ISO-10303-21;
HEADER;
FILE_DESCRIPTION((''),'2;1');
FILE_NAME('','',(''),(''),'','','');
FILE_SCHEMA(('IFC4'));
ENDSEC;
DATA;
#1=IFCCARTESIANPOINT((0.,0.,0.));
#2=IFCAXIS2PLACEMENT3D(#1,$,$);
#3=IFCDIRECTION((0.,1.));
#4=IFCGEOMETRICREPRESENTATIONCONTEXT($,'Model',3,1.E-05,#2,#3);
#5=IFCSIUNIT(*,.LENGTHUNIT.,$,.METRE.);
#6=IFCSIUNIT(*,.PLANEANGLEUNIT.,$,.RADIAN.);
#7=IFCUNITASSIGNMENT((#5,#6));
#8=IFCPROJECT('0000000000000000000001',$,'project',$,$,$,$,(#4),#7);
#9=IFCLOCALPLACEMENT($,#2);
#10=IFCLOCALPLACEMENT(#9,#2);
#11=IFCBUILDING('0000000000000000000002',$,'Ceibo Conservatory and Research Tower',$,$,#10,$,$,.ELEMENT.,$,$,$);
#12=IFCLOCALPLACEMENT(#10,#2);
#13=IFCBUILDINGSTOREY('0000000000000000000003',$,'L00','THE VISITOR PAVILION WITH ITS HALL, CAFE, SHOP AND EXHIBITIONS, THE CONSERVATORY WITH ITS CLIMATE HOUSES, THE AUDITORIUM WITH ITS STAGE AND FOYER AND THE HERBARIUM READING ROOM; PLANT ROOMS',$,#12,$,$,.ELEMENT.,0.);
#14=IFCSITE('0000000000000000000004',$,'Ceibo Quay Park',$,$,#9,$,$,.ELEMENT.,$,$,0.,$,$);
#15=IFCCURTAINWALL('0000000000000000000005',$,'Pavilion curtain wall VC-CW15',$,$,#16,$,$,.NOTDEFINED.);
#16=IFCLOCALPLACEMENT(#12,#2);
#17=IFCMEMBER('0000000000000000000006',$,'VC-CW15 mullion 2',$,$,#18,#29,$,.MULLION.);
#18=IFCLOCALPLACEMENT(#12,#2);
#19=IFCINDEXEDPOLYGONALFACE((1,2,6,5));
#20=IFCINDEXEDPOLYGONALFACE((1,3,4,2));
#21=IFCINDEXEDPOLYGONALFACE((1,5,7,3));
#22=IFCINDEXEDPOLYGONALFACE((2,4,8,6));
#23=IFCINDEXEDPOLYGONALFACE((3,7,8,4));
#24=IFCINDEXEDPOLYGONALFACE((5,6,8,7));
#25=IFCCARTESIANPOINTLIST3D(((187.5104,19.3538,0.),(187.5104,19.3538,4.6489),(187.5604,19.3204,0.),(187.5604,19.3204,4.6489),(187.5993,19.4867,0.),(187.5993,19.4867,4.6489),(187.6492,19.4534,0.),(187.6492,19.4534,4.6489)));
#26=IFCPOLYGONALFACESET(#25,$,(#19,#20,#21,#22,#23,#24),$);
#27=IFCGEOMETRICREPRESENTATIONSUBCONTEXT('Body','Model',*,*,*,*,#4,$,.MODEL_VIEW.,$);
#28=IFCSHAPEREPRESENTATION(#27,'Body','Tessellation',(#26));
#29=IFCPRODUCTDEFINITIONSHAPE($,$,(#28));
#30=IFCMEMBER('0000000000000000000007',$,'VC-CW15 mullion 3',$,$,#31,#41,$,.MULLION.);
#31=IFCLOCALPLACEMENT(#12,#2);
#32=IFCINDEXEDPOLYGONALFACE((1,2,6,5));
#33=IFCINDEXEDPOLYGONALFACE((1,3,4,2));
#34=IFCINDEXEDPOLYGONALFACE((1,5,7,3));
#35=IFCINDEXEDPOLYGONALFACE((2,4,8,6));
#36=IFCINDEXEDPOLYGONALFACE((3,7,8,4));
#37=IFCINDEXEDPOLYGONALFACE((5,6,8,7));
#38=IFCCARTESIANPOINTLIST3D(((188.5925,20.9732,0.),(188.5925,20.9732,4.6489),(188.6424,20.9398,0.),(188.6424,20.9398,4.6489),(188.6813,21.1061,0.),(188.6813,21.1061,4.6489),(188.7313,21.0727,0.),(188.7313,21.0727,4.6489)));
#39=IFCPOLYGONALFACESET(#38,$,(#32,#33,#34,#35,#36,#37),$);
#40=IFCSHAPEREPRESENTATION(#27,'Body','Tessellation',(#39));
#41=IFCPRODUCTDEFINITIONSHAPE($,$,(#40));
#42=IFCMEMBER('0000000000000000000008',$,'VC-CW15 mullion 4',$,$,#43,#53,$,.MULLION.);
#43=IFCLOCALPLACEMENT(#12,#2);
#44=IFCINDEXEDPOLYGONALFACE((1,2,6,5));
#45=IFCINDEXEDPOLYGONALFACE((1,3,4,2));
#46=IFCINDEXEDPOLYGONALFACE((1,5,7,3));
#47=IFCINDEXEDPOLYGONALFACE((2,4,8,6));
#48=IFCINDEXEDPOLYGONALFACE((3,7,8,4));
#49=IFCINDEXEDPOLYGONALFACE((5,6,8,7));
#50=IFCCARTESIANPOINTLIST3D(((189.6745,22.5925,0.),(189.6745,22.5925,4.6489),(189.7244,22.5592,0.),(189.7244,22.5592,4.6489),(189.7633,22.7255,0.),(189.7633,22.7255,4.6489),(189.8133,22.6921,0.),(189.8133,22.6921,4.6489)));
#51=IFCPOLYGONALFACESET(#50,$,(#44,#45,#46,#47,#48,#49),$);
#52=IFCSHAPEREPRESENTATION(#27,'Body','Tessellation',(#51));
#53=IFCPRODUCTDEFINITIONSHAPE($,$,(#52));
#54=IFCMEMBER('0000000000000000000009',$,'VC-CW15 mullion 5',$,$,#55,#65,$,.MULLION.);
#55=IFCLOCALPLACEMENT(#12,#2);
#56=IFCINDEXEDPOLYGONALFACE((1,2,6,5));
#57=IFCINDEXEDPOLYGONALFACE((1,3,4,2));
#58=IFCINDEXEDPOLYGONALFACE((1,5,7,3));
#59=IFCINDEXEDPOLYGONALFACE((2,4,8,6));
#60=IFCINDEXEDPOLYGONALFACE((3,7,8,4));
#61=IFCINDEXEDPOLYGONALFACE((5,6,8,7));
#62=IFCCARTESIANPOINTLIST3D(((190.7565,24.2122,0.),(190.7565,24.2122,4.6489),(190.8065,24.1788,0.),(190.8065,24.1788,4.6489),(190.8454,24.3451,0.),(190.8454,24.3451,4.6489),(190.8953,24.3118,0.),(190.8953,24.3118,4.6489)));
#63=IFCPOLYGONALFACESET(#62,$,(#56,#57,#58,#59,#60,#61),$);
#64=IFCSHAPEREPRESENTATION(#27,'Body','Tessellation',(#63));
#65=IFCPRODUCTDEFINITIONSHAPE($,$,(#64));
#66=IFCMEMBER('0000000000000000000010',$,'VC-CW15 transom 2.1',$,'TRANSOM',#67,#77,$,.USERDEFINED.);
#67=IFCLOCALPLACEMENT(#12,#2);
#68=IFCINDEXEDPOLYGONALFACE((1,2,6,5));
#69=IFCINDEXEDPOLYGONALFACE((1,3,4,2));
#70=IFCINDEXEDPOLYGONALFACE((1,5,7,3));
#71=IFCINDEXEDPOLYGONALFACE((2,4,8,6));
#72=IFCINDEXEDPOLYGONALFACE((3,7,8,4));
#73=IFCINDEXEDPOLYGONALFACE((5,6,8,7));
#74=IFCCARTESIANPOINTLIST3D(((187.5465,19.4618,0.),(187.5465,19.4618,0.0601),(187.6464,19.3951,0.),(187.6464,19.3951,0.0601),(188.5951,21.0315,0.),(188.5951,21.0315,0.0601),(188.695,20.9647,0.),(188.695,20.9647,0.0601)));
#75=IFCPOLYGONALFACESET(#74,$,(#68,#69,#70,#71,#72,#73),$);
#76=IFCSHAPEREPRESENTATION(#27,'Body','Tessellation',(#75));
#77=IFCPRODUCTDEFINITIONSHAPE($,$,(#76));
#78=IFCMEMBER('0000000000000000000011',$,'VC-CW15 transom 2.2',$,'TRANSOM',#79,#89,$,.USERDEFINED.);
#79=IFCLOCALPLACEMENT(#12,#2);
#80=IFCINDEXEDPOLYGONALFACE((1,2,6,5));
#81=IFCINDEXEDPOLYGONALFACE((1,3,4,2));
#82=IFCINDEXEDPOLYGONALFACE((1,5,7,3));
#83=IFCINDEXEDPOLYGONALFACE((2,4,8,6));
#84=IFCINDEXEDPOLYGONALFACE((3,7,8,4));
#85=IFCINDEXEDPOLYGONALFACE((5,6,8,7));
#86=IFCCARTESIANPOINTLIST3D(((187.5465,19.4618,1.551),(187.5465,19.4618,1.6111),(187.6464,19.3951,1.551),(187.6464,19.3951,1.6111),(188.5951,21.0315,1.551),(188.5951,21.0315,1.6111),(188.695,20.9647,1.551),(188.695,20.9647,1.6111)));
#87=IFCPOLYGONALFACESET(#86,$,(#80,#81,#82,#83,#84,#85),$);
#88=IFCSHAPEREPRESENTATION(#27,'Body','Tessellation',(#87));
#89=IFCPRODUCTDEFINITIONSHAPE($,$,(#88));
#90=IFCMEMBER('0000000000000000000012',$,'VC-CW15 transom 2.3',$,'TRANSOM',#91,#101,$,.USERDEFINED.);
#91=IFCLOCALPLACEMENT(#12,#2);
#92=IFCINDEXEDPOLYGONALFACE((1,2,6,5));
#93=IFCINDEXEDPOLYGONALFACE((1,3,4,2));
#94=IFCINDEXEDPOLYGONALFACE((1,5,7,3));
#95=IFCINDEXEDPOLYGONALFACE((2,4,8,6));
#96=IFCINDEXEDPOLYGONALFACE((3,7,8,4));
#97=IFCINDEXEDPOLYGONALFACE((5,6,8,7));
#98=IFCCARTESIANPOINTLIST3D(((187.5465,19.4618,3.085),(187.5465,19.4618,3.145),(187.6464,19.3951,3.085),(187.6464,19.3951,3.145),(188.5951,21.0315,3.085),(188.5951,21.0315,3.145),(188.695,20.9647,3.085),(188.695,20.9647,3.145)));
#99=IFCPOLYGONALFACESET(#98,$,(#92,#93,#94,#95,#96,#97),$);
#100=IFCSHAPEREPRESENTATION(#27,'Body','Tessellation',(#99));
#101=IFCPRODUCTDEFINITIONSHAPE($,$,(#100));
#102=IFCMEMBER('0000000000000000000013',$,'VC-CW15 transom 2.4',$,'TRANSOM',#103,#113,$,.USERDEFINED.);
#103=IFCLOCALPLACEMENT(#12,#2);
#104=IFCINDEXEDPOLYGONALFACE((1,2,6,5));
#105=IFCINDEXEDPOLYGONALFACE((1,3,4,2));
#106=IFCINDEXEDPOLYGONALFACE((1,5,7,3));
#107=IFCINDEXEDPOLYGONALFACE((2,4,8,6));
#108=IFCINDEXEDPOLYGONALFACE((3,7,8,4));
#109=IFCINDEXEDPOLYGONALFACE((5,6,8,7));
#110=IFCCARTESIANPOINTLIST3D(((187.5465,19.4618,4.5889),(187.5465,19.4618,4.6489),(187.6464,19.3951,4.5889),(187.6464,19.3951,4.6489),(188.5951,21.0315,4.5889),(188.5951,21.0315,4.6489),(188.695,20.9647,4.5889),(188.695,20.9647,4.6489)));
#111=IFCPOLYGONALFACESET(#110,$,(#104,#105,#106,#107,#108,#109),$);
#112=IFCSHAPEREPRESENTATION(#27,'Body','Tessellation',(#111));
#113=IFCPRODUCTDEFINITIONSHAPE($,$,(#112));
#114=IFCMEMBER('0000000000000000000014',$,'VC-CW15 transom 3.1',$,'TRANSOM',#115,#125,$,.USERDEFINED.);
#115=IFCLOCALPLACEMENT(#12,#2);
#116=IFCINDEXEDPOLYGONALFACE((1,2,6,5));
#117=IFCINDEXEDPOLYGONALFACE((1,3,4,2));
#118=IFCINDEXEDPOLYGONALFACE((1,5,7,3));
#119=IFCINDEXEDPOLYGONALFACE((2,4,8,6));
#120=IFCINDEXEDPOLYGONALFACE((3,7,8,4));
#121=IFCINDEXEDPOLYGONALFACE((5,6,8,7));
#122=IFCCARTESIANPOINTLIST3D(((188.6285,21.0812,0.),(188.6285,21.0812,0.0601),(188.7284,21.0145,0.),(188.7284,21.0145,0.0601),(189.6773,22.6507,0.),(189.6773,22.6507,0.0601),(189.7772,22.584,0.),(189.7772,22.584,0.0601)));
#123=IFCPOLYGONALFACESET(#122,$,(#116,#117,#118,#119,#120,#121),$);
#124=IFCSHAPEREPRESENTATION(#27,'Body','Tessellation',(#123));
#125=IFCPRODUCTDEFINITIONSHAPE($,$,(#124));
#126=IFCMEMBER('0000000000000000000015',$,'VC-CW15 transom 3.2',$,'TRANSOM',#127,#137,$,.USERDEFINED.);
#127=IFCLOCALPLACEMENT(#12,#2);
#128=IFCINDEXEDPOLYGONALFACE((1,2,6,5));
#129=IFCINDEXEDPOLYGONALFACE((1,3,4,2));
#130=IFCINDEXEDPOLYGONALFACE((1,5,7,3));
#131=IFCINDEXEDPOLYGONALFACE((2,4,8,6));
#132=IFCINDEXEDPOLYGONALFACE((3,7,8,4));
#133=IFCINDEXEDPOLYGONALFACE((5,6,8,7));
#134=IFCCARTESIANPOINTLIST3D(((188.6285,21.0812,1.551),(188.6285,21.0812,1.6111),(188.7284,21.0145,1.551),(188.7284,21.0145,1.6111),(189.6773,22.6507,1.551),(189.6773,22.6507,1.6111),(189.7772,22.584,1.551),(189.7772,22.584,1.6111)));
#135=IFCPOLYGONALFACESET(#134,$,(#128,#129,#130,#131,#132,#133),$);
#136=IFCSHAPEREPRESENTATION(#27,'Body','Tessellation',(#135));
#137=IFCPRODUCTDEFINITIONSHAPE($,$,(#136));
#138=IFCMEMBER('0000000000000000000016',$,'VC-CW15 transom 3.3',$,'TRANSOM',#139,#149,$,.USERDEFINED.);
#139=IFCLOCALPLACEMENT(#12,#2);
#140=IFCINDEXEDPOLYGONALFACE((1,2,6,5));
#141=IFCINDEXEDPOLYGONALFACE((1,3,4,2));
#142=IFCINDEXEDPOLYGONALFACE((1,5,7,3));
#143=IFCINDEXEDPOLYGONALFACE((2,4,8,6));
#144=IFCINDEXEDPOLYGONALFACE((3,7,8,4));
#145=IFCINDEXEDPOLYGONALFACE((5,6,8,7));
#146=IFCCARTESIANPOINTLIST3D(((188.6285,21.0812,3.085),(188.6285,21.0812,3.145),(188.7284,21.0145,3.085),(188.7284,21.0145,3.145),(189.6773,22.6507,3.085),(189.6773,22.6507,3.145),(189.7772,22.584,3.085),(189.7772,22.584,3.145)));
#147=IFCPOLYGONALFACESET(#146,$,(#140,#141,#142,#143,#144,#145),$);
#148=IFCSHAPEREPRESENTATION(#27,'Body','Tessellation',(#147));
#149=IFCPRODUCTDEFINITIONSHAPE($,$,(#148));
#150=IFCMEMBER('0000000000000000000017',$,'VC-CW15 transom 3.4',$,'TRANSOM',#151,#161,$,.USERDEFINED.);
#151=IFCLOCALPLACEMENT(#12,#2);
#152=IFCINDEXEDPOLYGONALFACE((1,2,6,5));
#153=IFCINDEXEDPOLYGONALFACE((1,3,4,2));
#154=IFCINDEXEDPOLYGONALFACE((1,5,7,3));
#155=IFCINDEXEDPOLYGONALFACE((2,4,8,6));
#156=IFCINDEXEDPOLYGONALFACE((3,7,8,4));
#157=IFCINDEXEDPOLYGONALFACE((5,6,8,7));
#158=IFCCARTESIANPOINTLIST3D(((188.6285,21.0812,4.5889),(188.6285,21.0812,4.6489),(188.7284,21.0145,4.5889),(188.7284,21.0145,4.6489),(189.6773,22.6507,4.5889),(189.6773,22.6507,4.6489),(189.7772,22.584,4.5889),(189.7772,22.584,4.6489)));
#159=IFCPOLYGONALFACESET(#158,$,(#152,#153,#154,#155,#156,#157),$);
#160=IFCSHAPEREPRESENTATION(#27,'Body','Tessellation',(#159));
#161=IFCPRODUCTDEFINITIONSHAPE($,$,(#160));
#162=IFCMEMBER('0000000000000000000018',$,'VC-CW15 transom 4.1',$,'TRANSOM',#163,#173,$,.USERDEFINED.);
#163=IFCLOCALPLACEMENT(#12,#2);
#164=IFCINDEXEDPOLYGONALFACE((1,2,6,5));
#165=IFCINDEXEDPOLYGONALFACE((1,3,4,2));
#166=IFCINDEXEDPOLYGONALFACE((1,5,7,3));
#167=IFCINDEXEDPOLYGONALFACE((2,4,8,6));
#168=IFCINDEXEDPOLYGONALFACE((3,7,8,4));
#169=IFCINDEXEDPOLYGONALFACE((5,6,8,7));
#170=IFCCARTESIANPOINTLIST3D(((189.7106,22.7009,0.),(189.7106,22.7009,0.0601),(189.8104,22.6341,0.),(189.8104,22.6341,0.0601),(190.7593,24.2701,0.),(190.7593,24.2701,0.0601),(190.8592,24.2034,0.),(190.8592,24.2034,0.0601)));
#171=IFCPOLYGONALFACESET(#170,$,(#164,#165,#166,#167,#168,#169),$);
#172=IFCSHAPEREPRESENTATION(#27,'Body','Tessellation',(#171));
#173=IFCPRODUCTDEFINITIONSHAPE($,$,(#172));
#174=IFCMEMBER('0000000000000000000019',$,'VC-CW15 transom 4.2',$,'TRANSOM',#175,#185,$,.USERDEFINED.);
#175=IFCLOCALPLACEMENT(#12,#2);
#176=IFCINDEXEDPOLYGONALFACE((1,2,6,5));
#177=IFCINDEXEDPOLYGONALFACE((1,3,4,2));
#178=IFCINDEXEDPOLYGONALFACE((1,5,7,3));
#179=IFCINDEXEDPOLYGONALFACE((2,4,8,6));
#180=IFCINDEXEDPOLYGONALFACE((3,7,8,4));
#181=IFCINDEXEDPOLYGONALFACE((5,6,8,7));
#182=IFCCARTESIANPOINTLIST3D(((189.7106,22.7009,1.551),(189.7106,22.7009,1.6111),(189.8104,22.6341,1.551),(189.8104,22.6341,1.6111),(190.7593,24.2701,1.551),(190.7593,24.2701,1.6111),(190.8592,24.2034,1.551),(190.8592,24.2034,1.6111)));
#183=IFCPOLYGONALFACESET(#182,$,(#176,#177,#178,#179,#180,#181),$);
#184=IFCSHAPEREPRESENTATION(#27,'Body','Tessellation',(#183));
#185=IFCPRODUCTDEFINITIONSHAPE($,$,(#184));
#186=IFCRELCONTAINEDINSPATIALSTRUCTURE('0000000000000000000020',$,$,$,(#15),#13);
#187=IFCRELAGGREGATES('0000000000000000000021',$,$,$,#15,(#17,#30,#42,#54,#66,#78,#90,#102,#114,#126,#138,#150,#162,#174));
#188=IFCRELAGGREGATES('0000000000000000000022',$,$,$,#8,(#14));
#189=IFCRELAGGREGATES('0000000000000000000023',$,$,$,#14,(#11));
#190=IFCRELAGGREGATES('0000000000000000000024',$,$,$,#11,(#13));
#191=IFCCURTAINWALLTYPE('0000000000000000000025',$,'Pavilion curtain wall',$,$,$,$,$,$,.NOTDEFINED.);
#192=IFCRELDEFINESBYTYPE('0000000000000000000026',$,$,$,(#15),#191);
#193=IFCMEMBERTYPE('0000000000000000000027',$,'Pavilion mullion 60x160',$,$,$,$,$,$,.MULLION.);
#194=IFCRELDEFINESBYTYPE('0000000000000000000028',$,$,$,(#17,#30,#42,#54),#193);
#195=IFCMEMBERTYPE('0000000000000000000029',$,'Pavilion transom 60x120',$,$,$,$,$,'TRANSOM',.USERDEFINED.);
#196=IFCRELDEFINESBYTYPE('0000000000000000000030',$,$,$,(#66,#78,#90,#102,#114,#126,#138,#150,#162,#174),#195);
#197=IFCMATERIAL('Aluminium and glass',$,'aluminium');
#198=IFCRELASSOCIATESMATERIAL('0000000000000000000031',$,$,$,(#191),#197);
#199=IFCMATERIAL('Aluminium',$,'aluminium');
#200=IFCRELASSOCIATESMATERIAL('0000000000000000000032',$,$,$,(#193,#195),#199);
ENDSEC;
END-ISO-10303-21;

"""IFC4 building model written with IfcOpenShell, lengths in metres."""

from ifc_helpers import new_model, si_unit, direction, frame, origin, origin_2d, place, context, subcontext, project, spatial, rectangle, extrude, material, material_profile, profile_set, type_object, element, aggregate, save


model = new_model("IFC4")

# Units and contexts
model_context = context("Model", 3, precision=1e-05, world=origin(), true_north=direction((0.0, 1.0)))
body_context = subcontext(model_context, "Body", "Model", "MODEL_VIEW")
ifc_project = project(units=[si_unit("LENGTHUNIT", "METRE"), si_unit("PLANEANGLEUNIT", "RADIAN")], contexts=[model_context])

# Site, building, storey
site_placement = place(None, origin())
site = spatial("IfcSite", under=ifc_project, at=site_placement, Name="Ceibo Quay Park", CompositionType="ELEMENT", RefElevation=0.0)
building_placement = place(site_placement, origin())
building = spatial("IfcBuilding", under=site, at=building_placement, Name="Ceibo Conservatory and Research Tower", CompositionType="ELEMENT")
storey_placement = place(building_placement, origin())
storey = spatial("IfcBuildingStorey", under=building, at=storey_placement, Name="L00", Description="THE VISITOR PAVILION WITH ITS HALL, CAFE, SHOP AND EXHIBITIONS, THE CONSERVATORY WITH ITS CLIMATE HOUSES, THE AUDITORIUM WITH ITS STAGE AND FOYER AND THE HERBARIUM READING ROOM; PLANT ROOMS", CompositionType="ELEMENT", Elevation=0.0)

# Curtain wall, members
ifc_material_1 = material(Name="Aluminium and glass", Category="aluminium")
curtain_wall_type = type_object("IfcCurtainWallType", Name="Pavilion curtain wall", PredefinedType="NOTDEFINED", material=ifc_material_1)
curtain_wall_placement = place(storey_placement, origin())
curtain_wall = element("IfcCurtainWall", 1, at=curtain_wall_placement, inside=storey, type_object=curtain_wall_type, Name="Pavilion curtain wall VC-CW15", PredefinedType="NOTDEFINED")
ifc_material_2 = material(Name="Aluminium", Category="aluminium")
ifc_material_profile_1 = material_profile(ifc_material_2, rectangle(XDim=0.0601, YDim=0.1599, at=origin_2d()), Name="AL 60x160")
ifc_profile_set_1 = profile_set([ifc_material_profile_1], Name="Aluminium")
member_type_1 = type_object("IfcMemberType", Name="Pavilion mullion 60x160", PredefinedType="MULLION", material=ifc_profile_set_1)
member_1_placement = place(storey_placement, frame((187.5798, 19.4036, 0.0), z_axis=(0.0, 0.0, 1.0), x_axis=(-0.83147, 0.55557, 0.0)))
member_1 = element("IfcMember", 2, at=member_1_placement, type_object=member_type_1, Name="VC-CW15 mullion 2", PredefinedType="MULLION", context=body_context, shape_type="SweptSolid", body=[
    extrude(rectangle(XDim=0.0601, YDim=0.1599, at=origin_2d()), origin(), (0.0, 0.0, 1.0), 4.6489),
])
member_2_placement = place(storey_placement, frame((188.6619, 21.0229, 0.0), z_axis=(0.0, 0.0, 1.0), x_axis=(-0.83147, 0.55557, 0.0)))
member_2 = element("IfcMember", 3, at=member_2_placement, type_object=member_type_1, Name="VC-CW15 mullion 3", PredefinedType="MULLION", context=body_context, shape_type="SweptSolid", body=[
    extrude(rectangle(XDim=0.0601, YDim=0.1599, at=origin_2d()), origin(), (0.0, 0.0, 1.0), 4.6489),
])
member_3_placement = place(storey_placement, frame((189.7439, 22.6423, 0.0), z_axis=(0.0, 0.0, 1.0), x_axis=(-0.83147, 0.55557, 0.0)))
member_3 = element("IfcMember", 4, at=member_3_placement, type_object=member_type_1, Name="VC-CW15 mullion 4", PredefinedType="MULLION", context=body_context, shape_type="SweptSolid", body=[
    extrude(rectangle(XDim=0.0601, YDim=0.1599, at=origin_2d()), origin(), (0.0, 0.0, 1.0), 4.6489),
])
member_4_placement = place(storey_placement, frame((190.8259, 24.262, 0.0), z_axis=(0.0, 0.0, 1.0), x_axis=(-0.83147, 0.55557, 0.0)))
member_4 = element("IfcMember", 5, at=member_4_placement, type_object=member_type_1, Name="VC-CW15 mullion 5", PredefinedType="MULLION", context=body_context, shape_type="SweptSolid", body=[
    extrude(rectangle(XDim=0.0601, YDim=0.1599, at=origin_2d()), origin(), (0.0, 0.0, 1.0), 4.6489),
])
ifc_material_profile_2 = material_profile(ifc_material_2, rectangle(XDim=0.1201, YDim=0.0601, at=origin_2d()), Name="AL 60x120")
ifc_profile_set_2 = profile_set([ifc_material_profile_2], Name="Aluminium")
member_type_2 = type_object("IfcMemberType", Name="Pavilion transom 60x120", ElementType="TRANSOM", PredefinedType="USERDEFINED", material=ifc_profile_set_2)
member_5_placement = place(storey_placement, frame((187.5964, 19.4285, 0.03), z_axis=(0.555506, 0.831513, 0.0), x_axis=(-0.831513, 0.555506, 0.0)))
member_5 = element("IfcMember", 6, at=member_5_placement, type_object=member_type_2, Name="VC-CW15 transom 2.1", ObjectType="TRANSOM", PredefinedType="USERDEFINED", context=body_context, shape_type="SweptSolid", body=[
    extrude(rectangle(XDim=0.1201, YDim=0.0601, at=origin_2d()), origin(), (0.0, 0.0, 1.0), 1.8877),
])
member_6_placement = place(storey_placement, frame((187.5964, 19.4285, 1.5811), z_axis=(0.555506, 0.831513, 0.0), x_axis=(-0.831513, 0.555506, 0.0)))
member_6 = element("IfcMember", 7, at=member_6_placement, type_object=member_type_2, Name="VC-CW15 transom 2.2", ObjectType="TRANSOM", PredefinedType="USERDEFINED", context=body_context, shape_type="SweptSolid", body=[
    extrude(rectangle(XDim=0.1201, YDim=0.0601, at=origin_2d()), origin(), (0.0, 0.0, 1.0), 1.8877),
])
member_7_placement = place(storey_placement, frame((187.5964, 19.4285, 3.115), z_axis=(0.555506, 0.831513, 0.0), x_axis=(-0.831513, 0.555506, 0.0)))
member_7 = element("IfcMember", 8, at=member_7_placement, type_object=member_type_2, Name="VC-CW15 transom 2.3", ObjectType="TRANSOM", PredefinedType="USERDEFINED", context=body_context, shape_type="SweptSolid", body=[
    extrude(rectangle(XDim=0.1201, YDim=0.0601, at=origin_2d()), origin(), (0.0, 0.0, 1.0), 1.8877),
])
member_8_placement = place(storey_placement, frame((187.5964, 19.4285, 4.6189), z_axis=(0.555506, 0.831513, 0.0), x_axis=(-0.831513, 0.555506, 0.0)))
member_8 = element("IfcMember", 9, at=member_8_placement, type_object=member_type_2, Name="VC-CW15 transom 2.4", ObjectType="TRANSOM", PredefinedType="USERDEFINED", context=body_context, shape_type="SweptSolid", body=[
    extrude(rectangle(XDim=0.1201, YDim=0.0601, at=origin_2d()), origin(), (0.0, 0.0, 1.0), 1.8877),
])
member_9_placement = place(storey_placement, frame((188.6785, 21.0479, 0.03), z_axis=(0.555595, 0.831453, 0.0), x_axis=(-0.831453, 0.555595, 0.0)))
member_9 = element("IfcMember", 10, at=member_9_placement, type_object=member_type_2, Name="VC-CW15 transom 3.1", ObjectType="TRANSOM", PredefinedType="USERDEFINED", context=body_context, shape_type="SweptSolid", body=[
    extrude(rectangle(XDim=0.1201, YDim=0.0601, at=origin_2d()), origin(), (0.0, 0.0, 1.0), 1.8877),
])
member_10_placement = place(storey_placement, frame((188.6785, 21.0479, 1.5811), z_axis=(0.555595, 0.831453, 0.0), x_axis=(-0.831453, 0.555595, 0.0)))
member_10 = element("IfcMember", 11, at=member_10_placement, type_object=member_type_2, Name="VC-CW15 transom 3.2", ObjectType="TRANSOM", PredefinedType="USERDEFINED", context=body_context, shape_type="SweptSolid", body=[
    extrude(rectangle(XDim=0.1201, YDim=0.0601, at=origin_2d()), origin(), (0.0, 0.0, 1.0), 1.8877),
])
member_11_placement = place(storey_placement, frame((188.6785, 21.0479, 3.115), z_axis=(0.555595, 0.831453, 0.0), x_axis=(-0.831453, 0.555595, 0.0)))
member_11 = element("IfcMember", 12, at=member_11_placement, type_object=member_type_2, Name="VC-CW15 transom 3.3", ObjectType="TRANSOM", PredefinedType="USERDEFINED", context=body_context, shape_type="SweptSolid", body=[
    extrude(rectangle(XDim=0.1201, YDim=0.0601, at=origin_2d()), origin(), (0.0, 0.0, 1.0), 1.8877),
])
member_12_placement = place(storey_placement, frame((188.6785, 21.0479, 4.6189), z_axis=(0.555595, 0.831453, 0.0), x_axis=(-0.831453, 0.555595, 0.0)))
member_12 = element("IfcMember", 13, at=member_12_placement, type_object=member_type_2, Name="VC-CW15 transom 3.4", ObjectType="TRANSOM", PredefinedType="USERDEFINED", context=body_context, shape_type="SweptSolid", body=[
    extrude(rectangle(XDim=0.1201, YDim=0.0601, at=origin_2d()), origin(), (0.0, 0.0, 1.0), 1.8877),
])
member_13_placement = place(storey_placement, frame((189.7605, 22.6675, 0.03), z_axis=(0.555655, 0.831413, 0.0), x_axis=(-0.831413, 0.555655, 0.0)))
member_13 = element("IfcMember", 14, at=member_13_placement, type_object=member_type_2, Name="VC-CW15 transom 4.1", ObjectType="TRANSOM", PredefinedType="USERDEFINED", context=body_context, shape_type="SweptSolid", body=[
    extrude(rectangle(XDim=0.1201, YDim=0.0601, at=origin_2d()), origin(), (0.0, 0.0, 1.0), 1.8875),
])
member_14_placement = place(storey_placement, frame((189.7605, 22.6675, 1.5811), z_axis=(0.555655, 0.831413, 0.0), x_axis=(-0.831413, 0.555655, 0.0)))
member_14 = element("IfcMember", 15, at=member_14_placement, type_object=member_type_2, Name="VC-CW15 transom 4.2", ObjectType="TRANSOM", PredefinedType="USERDEFINED", context=body_context, shape_type="SweptSolid", body=[
    extrude(rectangle(XDim=0.1201, YDim=0.0601, at=origin_2d()), origin(), (0.0, 0.0, 1.0), 1.8875),
])
aggregate(curtain_wall, [member_1, member_2, member_3, member_4, member_5, member_6, member_7, member_8, member_9, member_10, member_11, member_12, member_13, member_14])

save(model, "model.ifc")
